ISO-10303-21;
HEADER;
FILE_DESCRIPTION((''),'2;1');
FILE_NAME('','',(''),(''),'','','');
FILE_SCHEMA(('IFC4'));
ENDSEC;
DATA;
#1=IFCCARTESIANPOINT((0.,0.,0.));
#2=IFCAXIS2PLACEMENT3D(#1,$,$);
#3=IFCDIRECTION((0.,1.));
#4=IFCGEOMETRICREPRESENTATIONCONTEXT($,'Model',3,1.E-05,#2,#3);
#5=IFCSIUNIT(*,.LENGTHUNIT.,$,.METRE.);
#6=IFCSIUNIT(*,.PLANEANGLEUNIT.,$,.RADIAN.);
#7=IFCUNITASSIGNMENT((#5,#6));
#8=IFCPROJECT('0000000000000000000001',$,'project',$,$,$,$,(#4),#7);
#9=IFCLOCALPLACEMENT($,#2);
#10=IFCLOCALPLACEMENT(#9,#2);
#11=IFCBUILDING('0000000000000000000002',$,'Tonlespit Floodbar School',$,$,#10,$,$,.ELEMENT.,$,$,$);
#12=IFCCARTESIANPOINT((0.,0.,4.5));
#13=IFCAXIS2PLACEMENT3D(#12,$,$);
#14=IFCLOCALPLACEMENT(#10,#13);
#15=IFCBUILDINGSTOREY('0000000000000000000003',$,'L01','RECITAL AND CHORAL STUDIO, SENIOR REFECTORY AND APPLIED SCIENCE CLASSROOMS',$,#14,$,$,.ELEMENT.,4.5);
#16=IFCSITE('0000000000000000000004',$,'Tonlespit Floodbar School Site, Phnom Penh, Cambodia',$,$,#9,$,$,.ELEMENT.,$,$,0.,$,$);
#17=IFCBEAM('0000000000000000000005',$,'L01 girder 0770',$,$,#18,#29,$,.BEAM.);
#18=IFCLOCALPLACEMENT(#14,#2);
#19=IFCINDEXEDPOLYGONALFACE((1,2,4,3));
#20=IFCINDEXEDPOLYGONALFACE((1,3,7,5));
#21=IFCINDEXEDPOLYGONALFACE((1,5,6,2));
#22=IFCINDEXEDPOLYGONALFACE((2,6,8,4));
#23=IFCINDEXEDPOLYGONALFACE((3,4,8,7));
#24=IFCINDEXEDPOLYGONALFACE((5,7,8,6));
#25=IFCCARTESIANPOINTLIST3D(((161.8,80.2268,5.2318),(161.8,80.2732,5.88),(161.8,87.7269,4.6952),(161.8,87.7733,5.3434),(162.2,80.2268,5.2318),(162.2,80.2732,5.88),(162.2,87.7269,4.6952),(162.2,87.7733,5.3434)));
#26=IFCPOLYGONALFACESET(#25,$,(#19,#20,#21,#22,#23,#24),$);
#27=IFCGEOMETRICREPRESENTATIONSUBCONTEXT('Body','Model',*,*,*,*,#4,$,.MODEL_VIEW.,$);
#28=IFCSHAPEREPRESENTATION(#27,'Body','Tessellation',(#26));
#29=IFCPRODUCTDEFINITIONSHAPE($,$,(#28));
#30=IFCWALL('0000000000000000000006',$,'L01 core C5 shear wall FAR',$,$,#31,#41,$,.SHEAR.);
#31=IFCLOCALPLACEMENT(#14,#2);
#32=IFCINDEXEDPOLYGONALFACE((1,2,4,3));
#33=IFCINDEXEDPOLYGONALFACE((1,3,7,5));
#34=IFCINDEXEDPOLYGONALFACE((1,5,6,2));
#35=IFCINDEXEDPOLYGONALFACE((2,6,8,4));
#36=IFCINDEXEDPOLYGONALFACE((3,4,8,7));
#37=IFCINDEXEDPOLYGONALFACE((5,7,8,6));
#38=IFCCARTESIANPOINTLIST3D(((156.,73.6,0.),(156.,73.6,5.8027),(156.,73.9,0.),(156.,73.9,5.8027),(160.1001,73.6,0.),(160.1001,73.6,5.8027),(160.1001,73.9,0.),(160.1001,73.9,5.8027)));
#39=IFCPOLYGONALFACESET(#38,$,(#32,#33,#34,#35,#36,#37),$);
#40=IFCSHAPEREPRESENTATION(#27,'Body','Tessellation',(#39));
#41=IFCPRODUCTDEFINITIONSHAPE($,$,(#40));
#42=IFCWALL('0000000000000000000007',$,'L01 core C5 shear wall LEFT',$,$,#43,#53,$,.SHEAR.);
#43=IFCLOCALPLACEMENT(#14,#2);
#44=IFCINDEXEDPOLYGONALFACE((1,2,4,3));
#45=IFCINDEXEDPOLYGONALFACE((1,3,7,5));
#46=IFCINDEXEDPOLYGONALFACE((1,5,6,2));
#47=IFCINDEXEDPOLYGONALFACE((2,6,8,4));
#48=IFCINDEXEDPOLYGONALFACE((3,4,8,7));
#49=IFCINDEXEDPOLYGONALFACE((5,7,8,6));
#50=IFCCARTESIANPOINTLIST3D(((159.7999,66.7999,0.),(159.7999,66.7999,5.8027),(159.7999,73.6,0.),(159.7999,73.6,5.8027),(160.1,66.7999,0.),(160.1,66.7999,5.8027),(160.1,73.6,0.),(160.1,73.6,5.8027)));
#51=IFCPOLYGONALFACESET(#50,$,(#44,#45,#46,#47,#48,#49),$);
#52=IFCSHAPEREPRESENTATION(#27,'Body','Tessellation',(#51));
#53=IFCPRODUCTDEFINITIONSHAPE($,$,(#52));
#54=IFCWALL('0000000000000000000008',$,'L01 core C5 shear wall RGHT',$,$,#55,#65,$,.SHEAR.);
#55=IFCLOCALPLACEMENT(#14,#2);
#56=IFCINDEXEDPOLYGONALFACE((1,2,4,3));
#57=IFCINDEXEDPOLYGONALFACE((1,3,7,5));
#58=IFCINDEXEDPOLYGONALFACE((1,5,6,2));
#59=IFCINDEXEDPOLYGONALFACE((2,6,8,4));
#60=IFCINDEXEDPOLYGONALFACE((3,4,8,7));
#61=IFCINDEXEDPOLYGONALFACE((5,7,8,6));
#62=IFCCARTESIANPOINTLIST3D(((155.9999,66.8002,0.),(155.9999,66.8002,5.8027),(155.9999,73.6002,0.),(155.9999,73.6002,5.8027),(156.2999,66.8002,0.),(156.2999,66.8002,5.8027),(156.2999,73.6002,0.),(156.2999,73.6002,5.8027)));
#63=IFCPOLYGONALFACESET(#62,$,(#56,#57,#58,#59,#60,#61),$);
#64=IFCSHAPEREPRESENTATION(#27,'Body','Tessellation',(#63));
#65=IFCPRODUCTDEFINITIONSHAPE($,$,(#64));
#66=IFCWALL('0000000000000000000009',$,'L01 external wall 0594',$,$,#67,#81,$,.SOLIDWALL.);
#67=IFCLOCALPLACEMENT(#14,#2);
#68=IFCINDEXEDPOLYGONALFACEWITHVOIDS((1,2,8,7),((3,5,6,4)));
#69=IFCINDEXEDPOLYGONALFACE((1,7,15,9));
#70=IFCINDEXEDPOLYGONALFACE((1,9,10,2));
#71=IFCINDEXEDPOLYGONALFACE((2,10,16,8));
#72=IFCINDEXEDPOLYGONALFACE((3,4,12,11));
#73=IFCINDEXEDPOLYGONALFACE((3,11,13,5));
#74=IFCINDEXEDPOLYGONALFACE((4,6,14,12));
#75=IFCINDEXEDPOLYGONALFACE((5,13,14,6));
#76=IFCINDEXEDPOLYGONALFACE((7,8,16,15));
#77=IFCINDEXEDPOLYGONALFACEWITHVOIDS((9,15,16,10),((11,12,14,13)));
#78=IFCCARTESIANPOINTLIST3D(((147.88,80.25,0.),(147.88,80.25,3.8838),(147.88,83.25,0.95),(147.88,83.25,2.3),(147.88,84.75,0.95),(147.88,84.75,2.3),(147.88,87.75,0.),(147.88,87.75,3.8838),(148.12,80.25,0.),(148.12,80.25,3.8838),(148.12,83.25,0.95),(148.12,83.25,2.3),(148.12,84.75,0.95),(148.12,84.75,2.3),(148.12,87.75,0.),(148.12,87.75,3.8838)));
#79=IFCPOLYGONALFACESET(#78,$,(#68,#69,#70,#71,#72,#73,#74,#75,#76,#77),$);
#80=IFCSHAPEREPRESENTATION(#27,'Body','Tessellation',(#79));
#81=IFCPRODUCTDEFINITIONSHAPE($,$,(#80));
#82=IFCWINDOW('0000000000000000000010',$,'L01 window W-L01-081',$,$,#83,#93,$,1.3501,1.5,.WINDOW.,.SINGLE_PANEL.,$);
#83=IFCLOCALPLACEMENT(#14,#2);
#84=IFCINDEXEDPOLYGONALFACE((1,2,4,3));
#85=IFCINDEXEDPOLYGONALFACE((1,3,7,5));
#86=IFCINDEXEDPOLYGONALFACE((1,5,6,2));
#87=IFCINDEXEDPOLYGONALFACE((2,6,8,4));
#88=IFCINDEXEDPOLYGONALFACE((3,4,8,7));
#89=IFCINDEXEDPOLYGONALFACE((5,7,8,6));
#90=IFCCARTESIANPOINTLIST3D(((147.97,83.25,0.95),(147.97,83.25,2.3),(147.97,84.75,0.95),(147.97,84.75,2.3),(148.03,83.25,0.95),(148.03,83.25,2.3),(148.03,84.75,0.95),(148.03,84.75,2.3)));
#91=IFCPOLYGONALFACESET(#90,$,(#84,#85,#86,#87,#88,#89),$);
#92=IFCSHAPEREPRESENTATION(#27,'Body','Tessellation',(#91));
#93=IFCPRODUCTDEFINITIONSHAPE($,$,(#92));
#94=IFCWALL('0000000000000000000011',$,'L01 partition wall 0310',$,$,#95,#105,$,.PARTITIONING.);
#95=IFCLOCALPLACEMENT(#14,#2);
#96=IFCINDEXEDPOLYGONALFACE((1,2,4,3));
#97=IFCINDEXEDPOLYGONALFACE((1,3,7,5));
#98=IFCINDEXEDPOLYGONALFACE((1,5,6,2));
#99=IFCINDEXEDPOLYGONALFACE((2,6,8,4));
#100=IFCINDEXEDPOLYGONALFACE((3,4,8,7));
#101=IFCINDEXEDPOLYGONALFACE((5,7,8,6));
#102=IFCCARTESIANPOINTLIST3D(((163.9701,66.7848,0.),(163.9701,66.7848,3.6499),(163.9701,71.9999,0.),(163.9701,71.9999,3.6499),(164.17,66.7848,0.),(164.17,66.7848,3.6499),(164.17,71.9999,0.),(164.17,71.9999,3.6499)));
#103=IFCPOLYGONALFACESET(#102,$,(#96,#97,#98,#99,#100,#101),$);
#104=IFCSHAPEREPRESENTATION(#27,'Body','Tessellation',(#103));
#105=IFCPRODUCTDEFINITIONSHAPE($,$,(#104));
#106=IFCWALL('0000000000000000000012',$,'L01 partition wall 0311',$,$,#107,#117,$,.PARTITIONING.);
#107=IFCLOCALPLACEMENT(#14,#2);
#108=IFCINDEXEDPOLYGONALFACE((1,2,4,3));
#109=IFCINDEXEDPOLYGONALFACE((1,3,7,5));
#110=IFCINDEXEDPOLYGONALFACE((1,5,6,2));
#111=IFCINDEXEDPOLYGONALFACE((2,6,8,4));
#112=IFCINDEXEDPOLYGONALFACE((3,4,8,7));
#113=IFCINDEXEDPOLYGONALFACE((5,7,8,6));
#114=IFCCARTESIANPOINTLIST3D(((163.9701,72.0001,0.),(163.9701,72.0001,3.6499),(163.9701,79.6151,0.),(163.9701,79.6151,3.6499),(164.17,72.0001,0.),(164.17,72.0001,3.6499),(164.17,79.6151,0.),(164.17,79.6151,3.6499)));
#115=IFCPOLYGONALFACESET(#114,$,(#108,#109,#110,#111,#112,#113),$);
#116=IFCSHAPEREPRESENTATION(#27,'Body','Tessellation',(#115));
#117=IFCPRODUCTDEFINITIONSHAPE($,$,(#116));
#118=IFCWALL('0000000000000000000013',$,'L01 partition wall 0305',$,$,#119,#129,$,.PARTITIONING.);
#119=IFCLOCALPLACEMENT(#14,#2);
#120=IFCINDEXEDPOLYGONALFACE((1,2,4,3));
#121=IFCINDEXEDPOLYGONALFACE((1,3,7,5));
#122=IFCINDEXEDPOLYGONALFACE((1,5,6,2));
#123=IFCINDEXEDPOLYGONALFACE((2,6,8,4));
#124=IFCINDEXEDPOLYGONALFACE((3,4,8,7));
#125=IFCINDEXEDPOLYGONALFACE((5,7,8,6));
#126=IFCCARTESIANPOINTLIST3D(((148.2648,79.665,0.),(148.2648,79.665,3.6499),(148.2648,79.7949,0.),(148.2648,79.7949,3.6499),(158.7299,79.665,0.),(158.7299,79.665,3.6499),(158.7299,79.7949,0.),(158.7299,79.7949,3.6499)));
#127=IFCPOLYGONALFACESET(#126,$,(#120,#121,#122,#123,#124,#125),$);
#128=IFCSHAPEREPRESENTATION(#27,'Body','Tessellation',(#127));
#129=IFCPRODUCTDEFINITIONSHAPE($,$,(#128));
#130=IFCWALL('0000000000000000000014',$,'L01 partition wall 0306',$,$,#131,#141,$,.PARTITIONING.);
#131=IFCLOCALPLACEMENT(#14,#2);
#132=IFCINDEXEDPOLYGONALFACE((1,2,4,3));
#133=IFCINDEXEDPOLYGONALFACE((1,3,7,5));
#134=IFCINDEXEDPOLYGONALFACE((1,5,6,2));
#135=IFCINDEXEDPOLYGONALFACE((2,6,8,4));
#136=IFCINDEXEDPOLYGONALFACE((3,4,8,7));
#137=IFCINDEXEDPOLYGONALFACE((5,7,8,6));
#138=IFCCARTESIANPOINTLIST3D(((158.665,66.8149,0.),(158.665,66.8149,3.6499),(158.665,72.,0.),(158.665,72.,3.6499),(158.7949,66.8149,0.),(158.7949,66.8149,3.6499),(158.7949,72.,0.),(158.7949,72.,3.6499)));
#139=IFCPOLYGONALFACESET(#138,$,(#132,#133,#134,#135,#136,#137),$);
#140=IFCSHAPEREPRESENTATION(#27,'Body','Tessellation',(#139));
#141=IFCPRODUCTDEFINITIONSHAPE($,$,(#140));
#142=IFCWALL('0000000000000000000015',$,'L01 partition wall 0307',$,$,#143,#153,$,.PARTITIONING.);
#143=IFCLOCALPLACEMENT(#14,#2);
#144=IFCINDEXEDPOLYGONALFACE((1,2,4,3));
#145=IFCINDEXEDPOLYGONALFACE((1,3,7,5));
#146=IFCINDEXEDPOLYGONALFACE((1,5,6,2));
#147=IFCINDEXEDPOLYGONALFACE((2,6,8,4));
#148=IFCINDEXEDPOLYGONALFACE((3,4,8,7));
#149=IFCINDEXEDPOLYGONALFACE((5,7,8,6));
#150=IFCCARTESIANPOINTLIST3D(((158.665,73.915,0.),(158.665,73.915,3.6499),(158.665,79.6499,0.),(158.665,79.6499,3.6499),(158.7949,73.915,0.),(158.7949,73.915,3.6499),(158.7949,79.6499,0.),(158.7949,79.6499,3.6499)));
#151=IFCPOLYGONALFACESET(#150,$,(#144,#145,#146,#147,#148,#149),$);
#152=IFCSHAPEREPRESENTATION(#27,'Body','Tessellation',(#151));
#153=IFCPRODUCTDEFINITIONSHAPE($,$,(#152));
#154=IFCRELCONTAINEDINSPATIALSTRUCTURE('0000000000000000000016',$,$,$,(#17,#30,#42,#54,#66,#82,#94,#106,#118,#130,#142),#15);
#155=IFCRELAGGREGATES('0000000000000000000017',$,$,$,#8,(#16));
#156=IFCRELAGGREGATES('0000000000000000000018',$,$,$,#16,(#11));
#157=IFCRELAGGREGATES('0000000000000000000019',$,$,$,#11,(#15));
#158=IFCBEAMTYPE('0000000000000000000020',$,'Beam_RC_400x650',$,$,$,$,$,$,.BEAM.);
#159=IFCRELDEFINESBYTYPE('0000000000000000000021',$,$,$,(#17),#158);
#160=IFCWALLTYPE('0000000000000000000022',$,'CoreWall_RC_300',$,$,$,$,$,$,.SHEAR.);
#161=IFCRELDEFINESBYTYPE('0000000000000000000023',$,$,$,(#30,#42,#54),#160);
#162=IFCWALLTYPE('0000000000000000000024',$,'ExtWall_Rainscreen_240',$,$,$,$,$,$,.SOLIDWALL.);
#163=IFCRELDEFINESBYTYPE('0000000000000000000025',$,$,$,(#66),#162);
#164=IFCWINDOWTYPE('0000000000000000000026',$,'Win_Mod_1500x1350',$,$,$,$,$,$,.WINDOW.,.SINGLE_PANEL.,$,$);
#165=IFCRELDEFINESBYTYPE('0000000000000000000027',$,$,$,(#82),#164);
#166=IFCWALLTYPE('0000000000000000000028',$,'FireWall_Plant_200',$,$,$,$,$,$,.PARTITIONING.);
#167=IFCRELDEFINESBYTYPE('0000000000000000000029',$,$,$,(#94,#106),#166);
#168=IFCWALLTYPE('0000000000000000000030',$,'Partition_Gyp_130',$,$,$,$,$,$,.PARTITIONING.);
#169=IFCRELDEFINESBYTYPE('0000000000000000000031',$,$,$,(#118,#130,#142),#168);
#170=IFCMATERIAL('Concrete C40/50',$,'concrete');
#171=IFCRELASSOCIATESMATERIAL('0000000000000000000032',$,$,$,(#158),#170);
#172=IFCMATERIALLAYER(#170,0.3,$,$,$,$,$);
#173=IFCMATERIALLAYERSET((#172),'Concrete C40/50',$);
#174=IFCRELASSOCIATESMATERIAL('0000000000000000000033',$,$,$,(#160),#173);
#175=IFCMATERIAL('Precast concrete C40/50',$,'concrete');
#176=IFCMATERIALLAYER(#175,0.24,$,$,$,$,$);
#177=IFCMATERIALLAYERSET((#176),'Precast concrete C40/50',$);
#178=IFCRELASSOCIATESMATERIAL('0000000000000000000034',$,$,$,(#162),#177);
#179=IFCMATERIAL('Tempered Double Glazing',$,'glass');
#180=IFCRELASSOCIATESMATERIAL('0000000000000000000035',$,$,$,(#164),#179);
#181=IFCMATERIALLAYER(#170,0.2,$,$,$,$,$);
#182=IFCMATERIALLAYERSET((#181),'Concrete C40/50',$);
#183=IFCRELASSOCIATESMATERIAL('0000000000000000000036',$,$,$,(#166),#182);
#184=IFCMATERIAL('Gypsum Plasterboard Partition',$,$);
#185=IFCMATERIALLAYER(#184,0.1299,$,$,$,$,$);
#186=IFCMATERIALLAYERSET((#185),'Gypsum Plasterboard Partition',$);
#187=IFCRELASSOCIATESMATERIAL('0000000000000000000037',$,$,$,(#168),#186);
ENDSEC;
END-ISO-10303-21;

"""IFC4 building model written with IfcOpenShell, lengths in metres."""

from ifc_helpers import new_model, si_unit, direction, frame, frame_2d, origin, origin_2d, place, context, subcontext, project, spatial, rectangle, extrude, material, layer, layer_set, material_profile, profile_set, type_object, element, fill, save


model = new_model("IFC4")

# Units and contexts
model_context = context("Model", 3, precision=1e-05, world=origin(), true_north=direction((0.0, 1.0)))
body_context = subcontext(model_context, "Body", "Model", "MODEL_VIEW")
ifc_project = project(units=[si_unit("LENGTHUNIT", "METRE"), si_unit("PLANEANGLEUNIT", "RADIAN")], contexts=[model_context])

# Site, building, storey
site_placement = place(None, origin())
site = spatial("IfcSite", under=ifc_project, at=site_placement, Name="Tonlespit Floodbar School Site, Phnom Penh, Cambodia", CompositionType="ELEMENT", RefElevation=0.0)
building_placement = place(site_placement, origin())
building = spatial("IfcBuilding", under=site, at=building_placement, Name="Tonlespit Floodbar School", CompositionType="ELEMENT")
storey_placement = place(building_placement, frame((0.0, 0.0, 4.5)))
storey = spatial("IfcBuildingStorey", under=building, at=storey_placement, Name="L01", Description="RECITAL AND CHORAL STUDIO, SENIOR REFECTORY AND APPLIED SCIENCE CLASSROOMS", CompositionType="ELEMENT", Elevation=4.5)

# Shared definitions
ifc_material_1 = material(Name="Concrete C40/50", Category="concrete")

# Beam
ifc_material_profile_1 = material_profile(ifc_material_1, rectangle(XDim=0.3999, YDim=0.6499, at=origin_2d()), Name="RC 400x650")
ifc_profile_set_1 = profile_set([ifc_material_profile_1], Name="Concrete C40/50")
beam_type = type_object("IfcBeamType", Name="Beam_RC_400x650", PredefinedType="BEAM", material=ifc_profile_set_1)
beam_1_placement = place(storey_placement, frame((162.0, 80.25, 5.5559), z_axis=(0.0, 0.99745, -0.071367), x_axis=(-1.0, 0.0, 0.0)))
element("IfcBeam", 1, at=beam_1_placement, inside=storey, type_object=beam_type, Name="L01 girder 0770", PredefinedType="BEAM", context=body_context, shape_type="SweptSolid", body=[
    extrude(rectangle(XDim=0.3999, YDim=0.6499, at=origin_2d()), origin(), (0.0, 0.0, 1.0), 7.5193),
])

# Walls
ifc_layer_1 = layer(ifc_material_1, 0.3)
ifc_layer_set_1 = layer_set([ifc_layer_1], Name="Concrete C40/50")
wall_type_1 = type_object("IfcWallType", Name="CoreWall_RC_300", PredefinedType="SHEAR", material=ifc_layer_set_1)
wall_1_placement = place(storey_placement, frame((156.0, 73.75, 0.0), z_axis=(0.0, 0.0, 1.0), x_axis=(1.0, 0.0, 0.0)))
element("IfcWall", 2, at=wall_1_placement, inside=storey, type_object=wall_type_1, Name="L01 core C5 shear wall FAR", PredefinedType="SHEAR", context=body_context, shape_type="SweptSolid", body=[
    extrude(rectangle(XDim=4.1001, YDim=0.3, at=frame_2d((2.05, 0.0))), origin(), (0.0, 0.0, 1.0), 5.8027),
])
for number, where, z_axis, x_axis, name in (
    (3, (159.95, 66.8, 0.0), (0.0, 0.0, 1.0), (0.0, 1.0, 0.0), "L01 core C5 shear wall LEFT"),
    (4, (156.1499, 73.6001, 0.0), (0.0, 0.0, 1.0), (0.0, -1.0, 0.0), "L01 core C5 shear wall RGHT"),
):
    element("IfcWall", number, at=place(storey_placement, frame(where, z_axis=z_axis, x_axis=x_axis)), inside=storey, type_object=wall_type_1, Name=name, PredefinedType="SHEAR", context=body_context, shape_type="SweptSolid", body=[
        extrude(rectangle(XDim=6.8, YDim=0.3, at=frame_2d((3.3999, 0.0))), origin(), (0.0, 0.0, 1.0), 5.8027),
    ])

# Wall, opening, window
ifc_material_2 = material(Name="Precast concrete C40/50", Category="concrete")
ifc_layer_2 = layer(ifc_material_2, 0.24)
ifc_layer_set_2 = layer_set([ifc_layer_2], Name="Precast concrete C40/50")
wall_type_2 = type_object("IfcWallType", Name="ExtWall_Rainscreen_240", PredefinedType="SOLIDWALL", material=ifc_layer_set_2)
wall_2_placement = place(storey_placement, frame((148.0, 80.25, 0.0), z_axis=(0.0, 0.0, 1.0), x_axis=(0.0, 1.0, 0.0)))
wall_2 = element("IfcWall", 5, at=wall_2_placement, inside=storey, type_object=wall_type_2, Name="L01 external wall 0594", PredefinedType="SOLIDWALL", context=body_context, shape_type="SweptSolid", body=[
    extrude(rectangle(XDim=7.5, YDim=0.24, at=frame_2d((3.75, 0.0))), origin(), (0.0, 0.0, 1.0), 3.8838),
])
opening_placement = place(wall_2_placement, frame((3.0, 0.0, 0.95)))
opening = element("IfcOpeningElement", 6, at=opening_placement, cuts=wall_2, PredefinedType="OPENING", context=body_context, shape_type="SweptSolid", body=[
    extrude(rectangle(XDim=1.5, YDim=1.3501, at=frame_2d((0.75, 0.675))), frame((0.0, 0.1299, 0.0), z_axis=(0.0, -1.0, 0.0), x_axis=(1.0, 0.0, 0.0)), (0.0, 0.0, 1.0), 0.26),
])
ifc_material_3 = material(Name="Tempered Double Glazing", Category="glass")
window_type = type_object("IfcWindowType", Name="Win_Mod_1500x1350", PartitioningType="SINGLE_PANEL", PredefinedType="WINDOW", material=ifc_material_3)
window_placement = place(opening_placement, origin())
window = element("IfcWindow", 7, at=window_placement, inside=storey, type_object=window_type, Name="L01 window W-L01-081", OverallHeight=1.3501, OverallWidth=1.5, PartitioningType="SINGLE_PANEL", PredefinedType="WINDOW", context=body_context, shape_type="SweptSolid", body=[
    extrude(rectangle(XDim=1.5, YDim=1.3501, at=frame_2d((0.75, 0.675))), frame((0.0, 0.03, 0.0), z_axis=(0.0, -1.0, 0.0), x_axis=(1.0, 0.0, 0.0)), (0.0, 0.0, 1.0), 0.0601),
])
fill(opening, window)

# Walls
ifc_layer_3 = layer(ifc_material_1, 0.2)
ifc_layer_set_3 = layer_set([ifc_layer_3], Name="Concrete C40/50")
wall_type_3 = type_object("IfcWallType", Name="FireWall_Plant_200", PredefinedType="PARTITIONING", material=ifc_layer_set_3)
wall_3_placement = place(storey_placement, frame((164.0701, 66.7849, 0.0), z_axis=(0.0, 0.0, 1.0), x_axis=(0.0, 1.0, 0.0)))
element("IfcWall", 8, at=wall_3_placement, inside=storey, type_object=wall_type_3, Name="L01 partition wall 0310", PredefinedType="PARTITIONING", context=body_context, shape_type="SweptSolid", body=[
    extrude(rectangle(XDim=5.2151, YDim=0.2, at=frame_2d((2.6074, 0.0))), origin(), (0.0, 0.0, 1.0), 3.6499),
])
wall_4_placement = place(storey_placement, frame((164.0701, 72.0, 0.0), z_axis=(0.0, 0.0, 1.0), x_axis=(0.0, 1.0, 0.0)))
element("IfcWall", 9, at=wall_4_placement, inside=storey, type_object=wall_type_3, Name="L01 partition wall 0311", PredefinedType="PARTITIONING", context=body_context, shape_type="SweptSolid", body=[
    extrude(rectangle(XDim=7.615, YDim=0.2, at=frame_2d((3.8076, 0.0))), origin(), (0.0, 0.0, 1.0), 3.6499),
])
ifc_material_4 = material(Name="Gypsum Plasterboard Partition")
ifc_layer_4 = layer(ifc_material_4, 0.1299)
ifc_layer_set_4 = layer_set([ifc_layer_4], Name="Gypsum Plasterboard Partition")
wall_type_4 = type_object("IfcWallType", Name="Partition_Gyp_130", PredefinedType="PARTITIONING", material=ifc_layer_set_4)
wall_5_placement = place(storey_placement, frame((148.2649, 79.73, 0.0), z_axis=(0.0, 0.0, 1.0), x_axis=(1.0, 0.0, 0.0)))
element("IfcWall", 10, at=wall_5_placement, inside=storey, type_object=wall_type_4, Name="L01 partition wall 0305", PredefinedType="PARTITIONING", context=body_context, shape_type="SweptSolid", body=[
    extrude(rectangle(XDim=10.4651, YDim=0.1299, at=frame_2d((5.2324, 0.0))), origin(), (0.0, 0.0, 1.0), 3.6499),
])
wall_6_placement = place(storey_placement, frame((158.73, 66.8149, 0.0), z_axis=(0.0, 0.0, 1.0), x_axis=(0.0, 1.0, 0.0)))
element("IfcWall", 11, at=wall_6_placement, inside=storey, type_object=wall_type_4, Name="L01 partition wall 0306", PredefinedType="PARTITIONING", context=body_context, shape_type="SweptSolid", body=[
    extrude(rectangle(XDim=5.1851, YDim=0.1299, at=frame_2d((2.5925, 0.0))), origin(), (0.0, 0.0, 1.0), 3.6499),
])
wall_7_placement = place(storey_placement, frame((158.73, 73.915, 0.0), z_axis=(0.0, 0.0, 1.0), x_axis=(0.0, 1.0, 0.0)))
element("IfcWall", 12, at=wall_7_placement, inside=storey, type_object=wall_type_4, Name="L01 partition wall 0307", PredefinedType="PARTITIONING", context=body_context, shape_type="SweptSolid", body=[
    extrude(rectangle(XDim=5.7349, YDim=0.1299, at=frame_2d((2.8674, 0.0))), origin(), (0.0, 0.0, 1.0), 3.6499),
])

save(model, "model.ifc")
